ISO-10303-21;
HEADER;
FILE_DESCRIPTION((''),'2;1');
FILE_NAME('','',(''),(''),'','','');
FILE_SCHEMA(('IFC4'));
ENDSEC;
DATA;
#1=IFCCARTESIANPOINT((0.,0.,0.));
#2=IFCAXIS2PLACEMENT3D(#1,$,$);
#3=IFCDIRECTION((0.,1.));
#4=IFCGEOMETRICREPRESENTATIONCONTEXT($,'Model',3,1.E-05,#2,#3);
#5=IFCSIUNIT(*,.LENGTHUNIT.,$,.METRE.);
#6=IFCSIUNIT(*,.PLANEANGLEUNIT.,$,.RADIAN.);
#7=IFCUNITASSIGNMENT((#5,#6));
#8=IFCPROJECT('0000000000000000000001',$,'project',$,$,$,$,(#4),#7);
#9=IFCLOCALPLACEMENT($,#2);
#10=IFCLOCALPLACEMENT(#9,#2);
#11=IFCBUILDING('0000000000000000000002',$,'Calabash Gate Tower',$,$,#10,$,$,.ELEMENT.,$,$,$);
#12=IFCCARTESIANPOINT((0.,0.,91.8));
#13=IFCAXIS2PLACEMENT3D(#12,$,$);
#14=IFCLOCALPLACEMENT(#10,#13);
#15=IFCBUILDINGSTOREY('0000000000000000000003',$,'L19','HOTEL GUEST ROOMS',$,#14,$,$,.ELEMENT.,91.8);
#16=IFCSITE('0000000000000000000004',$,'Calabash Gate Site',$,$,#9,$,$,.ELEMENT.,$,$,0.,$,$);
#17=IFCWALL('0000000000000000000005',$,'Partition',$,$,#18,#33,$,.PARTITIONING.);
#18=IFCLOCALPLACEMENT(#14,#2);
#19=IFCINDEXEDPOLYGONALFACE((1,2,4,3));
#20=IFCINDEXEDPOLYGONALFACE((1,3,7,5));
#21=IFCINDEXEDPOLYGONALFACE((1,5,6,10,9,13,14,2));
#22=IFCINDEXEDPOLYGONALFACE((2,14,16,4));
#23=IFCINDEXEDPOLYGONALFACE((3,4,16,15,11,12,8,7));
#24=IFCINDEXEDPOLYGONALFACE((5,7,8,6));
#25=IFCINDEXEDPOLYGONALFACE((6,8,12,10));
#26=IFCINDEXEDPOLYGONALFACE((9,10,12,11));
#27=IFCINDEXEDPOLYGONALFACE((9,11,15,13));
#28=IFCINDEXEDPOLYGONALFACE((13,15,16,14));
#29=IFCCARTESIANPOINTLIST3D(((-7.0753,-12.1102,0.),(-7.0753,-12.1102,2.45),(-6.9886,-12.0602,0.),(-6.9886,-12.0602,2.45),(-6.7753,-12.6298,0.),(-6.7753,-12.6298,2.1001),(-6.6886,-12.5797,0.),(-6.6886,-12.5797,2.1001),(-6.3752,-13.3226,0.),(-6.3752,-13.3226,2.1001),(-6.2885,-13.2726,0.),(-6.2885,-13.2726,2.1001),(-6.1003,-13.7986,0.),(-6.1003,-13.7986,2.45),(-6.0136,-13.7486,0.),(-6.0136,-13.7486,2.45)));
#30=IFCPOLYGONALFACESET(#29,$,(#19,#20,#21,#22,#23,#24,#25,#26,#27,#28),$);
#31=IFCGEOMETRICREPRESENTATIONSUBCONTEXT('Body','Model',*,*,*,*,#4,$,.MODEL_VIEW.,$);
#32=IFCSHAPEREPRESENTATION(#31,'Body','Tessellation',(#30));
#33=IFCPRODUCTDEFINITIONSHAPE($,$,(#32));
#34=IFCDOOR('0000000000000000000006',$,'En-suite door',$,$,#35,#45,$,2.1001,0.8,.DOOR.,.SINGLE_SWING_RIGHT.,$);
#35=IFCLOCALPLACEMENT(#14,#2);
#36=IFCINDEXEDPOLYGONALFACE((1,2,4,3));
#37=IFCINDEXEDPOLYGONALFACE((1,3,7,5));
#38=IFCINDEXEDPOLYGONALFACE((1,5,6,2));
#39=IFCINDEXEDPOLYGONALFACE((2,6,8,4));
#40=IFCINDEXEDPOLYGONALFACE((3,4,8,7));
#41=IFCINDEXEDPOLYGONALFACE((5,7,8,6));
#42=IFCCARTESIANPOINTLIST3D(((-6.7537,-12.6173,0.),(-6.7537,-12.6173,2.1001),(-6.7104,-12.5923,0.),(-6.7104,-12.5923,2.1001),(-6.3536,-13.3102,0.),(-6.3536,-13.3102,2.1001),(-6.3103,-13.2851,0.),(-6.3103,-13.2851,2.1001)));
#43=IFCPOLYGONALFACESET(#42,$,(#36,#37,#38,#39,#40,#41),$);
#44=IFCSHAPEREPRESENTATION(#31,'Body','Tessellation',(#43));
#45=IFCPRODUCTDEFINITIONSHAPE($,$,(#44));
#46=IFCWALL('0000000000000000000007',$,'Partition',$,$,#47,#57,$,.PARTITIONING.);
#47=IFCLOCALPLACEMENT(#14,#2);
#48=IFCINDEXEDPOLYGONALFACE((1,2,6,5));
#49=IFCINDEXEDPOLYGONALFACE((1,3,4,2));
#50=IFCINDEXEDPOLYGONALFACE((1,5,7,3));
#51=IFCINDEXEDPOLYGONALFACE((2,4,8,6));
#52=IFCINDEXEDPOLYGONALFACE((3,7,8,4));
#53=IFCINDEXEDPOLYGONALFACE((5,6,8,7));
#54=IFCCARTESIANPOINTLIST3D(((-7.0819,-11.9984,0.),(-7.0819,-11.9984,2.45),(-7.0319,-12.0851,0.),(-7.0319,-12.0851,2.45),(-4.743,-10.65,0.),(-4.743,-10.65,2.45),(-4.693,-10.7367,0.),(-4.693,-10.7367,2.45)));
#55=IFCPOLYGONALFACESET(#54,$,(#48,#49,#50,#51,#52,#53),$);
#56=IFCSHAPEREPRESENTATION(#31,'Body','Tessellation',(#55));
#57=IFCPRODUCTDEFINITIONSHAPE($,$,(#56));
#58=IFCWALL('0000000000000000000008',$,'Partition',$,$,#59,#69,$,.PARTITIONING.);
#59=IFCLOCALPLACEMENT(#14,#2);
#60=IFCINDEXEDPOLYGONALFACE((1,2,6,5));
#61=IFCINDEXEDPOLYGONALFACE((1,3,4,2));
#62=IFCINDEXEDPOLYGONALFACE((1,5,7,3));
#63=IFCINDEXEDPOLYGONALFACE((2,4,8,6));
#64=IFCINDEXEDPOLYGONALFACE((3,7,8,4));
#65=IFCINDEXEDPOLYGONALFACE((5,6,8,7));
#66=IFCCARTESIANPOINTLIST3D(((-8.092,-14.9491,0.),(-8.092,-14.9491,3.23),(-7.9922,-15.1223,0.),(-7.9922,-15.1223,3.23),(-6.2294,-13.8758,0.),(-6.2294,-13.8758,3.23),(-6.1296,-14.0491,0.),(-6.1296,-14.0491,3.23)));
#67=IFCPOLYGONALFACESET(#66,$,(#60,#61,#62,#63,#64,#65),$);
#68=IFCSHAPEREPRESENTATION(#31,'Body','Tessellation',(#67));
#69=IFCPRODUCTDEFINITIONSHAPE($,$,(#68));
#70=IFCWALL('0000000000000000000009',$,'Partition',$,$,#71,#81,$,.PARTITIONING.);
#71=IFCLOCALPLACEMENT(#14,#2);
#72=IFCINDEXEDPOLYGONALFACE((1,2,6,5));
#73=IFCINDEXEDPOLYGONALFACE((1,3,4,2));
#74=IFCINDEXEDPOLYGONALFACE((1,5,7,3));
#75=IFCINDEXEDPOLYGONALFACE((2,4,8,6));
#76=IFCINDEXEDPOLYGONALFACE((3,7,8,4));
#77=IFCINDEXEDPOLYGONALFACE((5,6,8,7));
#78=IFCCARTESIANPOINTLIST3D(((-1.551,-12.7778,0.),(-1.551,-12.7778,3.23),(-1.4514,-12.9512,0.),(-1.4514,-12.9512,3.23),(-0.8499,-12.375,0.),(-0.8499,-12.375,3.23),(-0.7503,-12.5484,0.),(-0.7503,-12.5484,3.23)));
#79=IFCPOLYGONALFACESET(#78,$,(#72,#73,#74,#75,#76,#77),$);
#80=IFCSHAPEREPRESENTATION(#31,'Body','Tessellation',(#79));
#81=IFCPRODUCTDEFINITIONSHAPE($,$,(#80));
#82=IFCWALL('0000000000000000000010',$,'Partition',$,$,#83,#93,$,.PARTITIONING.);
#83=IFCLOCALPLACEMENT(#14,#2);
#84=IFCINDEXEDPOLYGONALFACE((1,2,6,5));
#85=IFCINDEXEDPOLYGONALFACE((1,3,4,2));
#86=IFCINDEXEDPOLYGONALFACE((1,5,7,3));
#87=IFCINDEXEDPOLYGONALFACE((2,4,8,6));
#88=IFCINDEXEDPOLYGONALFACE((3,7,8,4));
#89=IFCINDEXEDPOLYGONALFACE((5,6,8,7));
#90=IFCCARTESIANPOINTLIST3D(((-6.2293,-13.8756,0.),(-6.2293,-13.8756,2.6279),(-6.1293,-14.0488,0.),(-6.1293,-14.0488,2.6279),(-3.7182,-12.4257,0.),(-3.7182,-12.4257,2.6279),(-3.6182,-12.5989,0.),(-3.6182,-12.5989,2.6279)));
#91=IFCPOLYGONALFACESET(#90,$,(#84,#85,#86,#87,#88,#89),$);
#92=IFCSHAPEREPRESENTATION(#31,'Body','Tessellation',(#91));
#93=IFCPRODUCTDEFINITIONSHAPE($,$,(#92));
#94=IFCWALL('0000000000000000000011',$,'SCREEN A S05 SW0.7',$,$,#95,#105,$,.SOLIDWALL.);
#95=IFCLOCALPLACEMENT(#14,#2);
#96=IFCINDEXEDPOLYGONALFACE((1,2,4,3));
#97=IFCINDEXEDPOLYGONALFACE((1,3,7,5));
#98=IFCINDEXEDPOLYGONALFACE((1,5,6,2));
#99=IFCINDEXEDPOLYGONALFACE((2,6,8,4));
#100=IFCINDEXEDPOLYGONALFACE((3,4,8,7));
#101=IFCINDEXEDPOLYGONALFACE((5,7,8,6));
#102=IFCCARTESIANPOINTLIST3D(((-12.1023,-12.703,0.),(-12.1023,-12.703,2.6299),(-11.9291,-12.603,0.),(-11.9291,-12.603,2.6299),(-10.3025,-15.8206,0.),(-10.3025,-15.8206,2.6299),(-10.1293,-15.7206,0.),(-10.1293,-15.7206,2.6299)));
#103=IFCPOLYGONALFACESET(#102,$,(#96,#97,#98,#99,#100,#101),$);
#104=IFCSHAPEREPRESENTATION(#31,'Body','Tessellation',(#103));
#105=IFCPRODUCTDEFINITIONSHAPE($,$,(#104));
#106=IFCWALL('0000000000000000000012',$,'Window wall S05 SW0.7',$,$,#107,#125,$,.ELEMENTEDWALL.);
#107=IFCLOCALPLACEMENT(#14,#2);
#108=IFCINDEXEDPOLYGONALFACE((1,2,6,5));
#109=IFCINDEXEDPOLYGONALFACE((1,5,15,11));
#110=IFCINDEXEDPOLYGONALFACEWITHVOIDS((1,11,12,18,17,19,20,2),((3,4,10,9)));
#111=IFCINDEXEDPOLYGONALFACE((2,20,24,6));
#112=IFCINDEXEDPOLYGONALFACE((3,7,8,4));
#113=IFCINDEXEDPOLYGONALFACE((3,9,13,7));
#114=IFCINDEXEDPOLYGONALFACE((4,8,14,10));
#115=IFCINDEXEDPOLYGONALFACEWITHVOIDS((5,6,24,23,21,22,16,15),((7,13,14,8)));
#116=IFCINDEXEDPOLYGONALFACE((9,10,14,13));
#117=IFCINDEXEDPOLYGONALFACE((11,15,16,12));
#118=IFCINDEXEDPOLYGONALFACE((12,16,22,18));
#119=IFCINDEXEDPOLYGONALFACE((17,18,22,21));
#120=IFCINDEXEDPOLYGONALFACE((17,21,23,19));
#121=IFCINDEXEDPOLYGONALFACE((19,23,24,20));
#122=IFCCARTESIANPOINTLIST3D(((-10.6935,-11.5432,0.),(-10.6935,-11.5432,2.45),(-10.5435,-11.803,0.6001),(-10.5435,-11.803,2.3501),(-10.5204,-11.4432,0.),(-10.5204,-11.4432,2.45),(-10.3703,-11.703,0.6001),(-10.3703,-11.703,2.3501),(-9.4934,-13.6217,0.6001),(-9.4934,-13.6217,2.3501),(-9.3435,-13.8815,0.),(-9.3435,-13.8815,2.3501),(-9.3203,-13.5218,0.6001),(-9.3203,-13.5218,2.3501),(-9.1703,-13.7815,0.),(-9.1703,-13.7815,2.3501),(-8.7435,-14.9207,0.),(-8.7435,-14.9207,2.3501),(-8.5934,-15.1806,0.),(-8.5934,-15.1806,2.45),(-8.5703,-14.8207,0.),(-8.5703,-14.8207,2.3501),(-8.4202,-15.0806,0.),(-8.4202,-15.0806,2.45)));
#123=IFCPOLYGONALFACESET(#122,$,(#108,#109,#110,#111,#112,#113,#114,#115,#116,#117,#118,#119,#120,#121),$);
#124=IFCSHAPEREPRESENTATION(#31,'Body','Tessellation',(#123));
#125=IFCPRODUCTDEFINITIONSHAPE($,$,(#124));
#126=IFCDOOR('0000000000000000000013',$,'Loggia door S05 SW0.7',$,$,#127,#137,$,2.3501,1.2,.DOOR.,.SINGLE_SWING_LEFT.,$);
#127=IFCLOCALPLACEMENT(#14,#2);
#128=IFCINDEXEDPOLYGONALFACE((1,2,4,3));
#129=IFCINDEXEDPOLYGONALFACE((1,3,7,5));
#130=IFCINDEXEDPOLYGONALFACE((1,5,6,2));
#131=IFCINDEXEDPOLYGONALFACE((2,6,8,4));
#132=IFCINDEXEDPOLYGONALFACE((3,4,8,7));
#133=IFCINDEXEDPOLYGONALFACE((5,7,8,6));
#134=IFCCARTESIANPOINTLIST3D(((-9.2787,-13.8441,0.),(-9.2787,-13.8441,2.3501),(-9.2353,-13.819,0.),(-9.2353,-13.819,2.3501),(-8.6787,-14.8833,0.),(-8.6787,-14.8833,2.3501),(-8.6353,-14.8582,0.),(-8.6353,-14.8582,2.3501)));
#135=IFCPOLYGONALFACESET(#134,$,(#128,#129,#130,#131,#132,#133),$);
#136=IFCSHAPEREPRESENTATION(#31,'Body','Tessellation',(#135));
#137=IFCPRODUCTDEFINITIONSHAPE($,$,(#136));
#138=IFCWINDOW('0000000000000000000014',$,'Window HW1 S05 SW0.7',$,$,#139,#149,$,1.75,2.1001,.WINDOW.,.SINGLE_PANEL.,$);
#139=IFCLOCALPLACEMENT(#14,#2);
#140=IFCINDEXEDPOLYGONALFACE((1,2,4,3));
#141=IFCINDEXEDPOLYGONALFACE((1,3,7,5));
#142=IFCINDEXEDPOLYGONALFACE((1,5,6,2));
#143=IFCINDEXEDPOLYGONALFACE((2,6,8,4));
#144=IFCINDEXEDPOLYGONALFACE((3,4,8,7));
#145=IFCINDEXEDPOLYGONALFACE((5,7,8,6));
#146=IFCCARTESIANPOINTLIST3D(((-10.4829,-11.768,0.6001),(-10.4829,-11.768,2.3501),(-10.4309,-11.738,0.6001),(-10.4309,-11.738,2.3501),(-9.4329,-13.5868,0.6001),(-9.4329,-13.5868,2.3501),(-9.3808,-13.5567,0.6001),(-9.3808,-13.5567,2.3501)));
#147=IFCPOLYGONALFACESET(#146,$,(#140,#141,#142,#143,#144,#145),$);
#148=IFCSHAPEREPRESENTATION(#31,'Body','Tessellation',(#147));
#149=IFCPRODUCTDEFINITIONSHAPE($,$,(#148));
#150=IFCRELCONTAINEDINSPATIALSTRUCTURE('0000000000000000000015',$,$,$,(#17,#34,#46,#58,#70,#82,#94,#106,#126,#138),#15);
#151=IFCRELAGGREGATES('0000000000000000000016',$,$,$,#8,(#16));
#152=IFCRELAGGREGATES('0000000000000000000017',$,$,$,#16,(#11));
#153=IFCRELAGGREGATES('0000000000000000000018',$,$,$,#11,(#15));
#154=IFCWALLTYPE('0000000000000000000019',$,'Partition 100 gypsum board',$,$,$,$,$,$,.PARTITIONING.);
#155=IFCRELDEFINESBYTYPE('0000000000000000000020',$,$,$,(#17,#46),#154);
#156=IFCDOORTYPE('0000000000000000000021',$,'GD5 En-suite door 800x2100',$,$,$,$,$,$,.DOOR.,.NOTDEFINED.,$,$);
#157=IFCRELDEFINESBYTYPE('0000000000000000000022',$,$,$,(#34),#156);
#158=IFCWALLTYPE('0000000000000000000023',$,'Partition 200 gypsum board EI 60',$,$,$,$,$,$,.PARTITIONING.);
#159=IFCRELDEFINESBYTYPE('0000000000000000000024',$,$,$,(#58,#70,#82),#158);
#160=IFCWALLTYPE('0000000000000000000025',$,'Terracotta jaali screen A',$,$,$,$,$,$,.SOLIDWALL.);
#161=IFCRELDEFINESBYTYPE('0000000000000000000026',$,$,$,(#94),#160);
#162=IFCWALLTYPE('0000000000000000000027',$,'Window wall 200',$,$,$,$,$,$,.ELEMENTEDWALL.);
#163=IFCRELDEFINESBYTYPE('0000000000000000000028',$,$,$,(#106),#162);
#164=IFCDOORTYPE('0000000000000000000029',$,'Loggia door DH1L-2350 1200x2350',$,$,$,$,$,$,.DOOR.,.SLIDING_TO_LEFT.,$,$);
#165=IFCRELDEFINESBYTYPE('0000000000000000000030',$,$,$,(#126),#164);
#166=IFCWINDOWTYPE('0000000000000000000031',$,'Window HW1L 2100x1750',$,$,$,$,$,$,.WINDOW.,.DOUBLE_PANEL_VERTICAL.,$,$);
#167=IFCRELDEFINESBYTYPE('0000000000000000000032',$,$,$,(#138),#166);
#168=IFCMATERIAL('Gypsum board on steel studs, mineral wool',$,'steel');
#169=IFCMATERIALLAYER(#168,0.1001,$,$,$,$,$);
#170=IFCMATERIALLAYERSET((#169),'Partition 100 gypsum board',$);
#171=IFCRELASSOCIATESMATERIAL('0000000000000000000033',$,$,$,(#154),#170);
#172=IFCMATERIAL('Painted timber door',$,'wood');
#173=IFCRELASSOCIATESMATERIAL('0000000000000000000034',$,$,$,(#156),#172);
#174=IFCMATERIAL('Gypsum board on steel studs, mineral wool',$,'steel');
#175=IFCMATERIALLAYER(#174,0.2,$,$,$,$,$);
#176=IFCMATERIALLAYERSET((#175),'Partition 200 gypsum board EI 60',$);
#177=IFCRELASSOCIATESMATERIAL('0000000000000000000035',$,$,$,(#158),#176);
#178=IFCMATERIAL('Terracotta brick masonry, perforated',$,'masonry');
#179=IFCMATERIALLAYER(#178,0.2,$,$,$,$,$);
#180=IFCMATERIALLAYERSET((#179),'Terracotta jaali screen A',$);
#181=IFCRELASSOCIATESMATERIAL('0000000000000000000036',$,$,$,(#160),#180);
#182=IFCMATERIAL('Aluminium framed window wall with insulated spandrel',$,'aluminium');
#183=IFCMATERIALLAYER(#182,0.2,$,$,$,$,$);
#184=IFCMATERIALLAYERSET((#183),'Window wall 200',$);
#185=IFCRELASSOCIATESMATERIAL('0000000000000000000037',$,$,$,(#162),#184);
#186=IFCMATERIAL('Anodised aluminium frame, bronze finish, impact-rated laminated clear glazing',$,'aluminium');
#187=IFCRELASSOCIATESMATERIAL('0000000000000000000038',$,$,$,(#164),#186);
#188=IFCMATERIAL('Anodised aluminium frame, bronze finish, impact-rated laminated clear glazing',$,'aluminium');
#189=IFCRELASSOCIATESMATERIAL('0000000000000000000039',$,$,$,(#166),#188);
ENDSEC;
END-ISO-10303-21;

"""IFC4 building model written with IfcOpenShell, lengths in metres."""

from ifc_helpers import new_model, si_unit, direction, frame, frame_2d, origin, place, context, subcontext, project, spatial, rectangle, extrude, material, layer, layer_set, type_object, element, fill, save


model = new_model("IFC4")

# Units and contexts
model_context = context("Model", 3, precision=1e-05, world=origin(), true_north=direction((0.0, 1.0)))
body_context = subcontext(model_context, "Body", "Model", "MODEL_VIEW")
ifc_project = project(units=[si_unit("LENGTHUNIT", "METRE"), si_unit("PLANEANGLEUNIT", "RADIAN")], contexts=[model_context])

# Site, building, storey
site_placement = place(None, origin())
site = spatial("IfcSite", under=ifc_project, at=site_placement, Name="Calabash Gate Site", CompositionType="ELEMENT", RefElevation=0.0)
building_placement = place(site_placement, origin())
building = spatial("IfcBuilding", under=site, at=building_placement, Name="Calabash Gate Tower", CompositionType="ELEMENT")
storey_placement = place(building_placement, frame((0.0, 0.0, 91.8)))
storey = spatial("IfcBuildingStorey", under=building, at=storey_placement, Name="L19", Description="HOTEL GUEST ROOMS", CompositionType="ELEMENT", Elevation=91.8)

# Shared definitions
ifc_material_1 = material(Name="Gypsum board on steel studs, mineral wool", Category="steel")
ifc_layer_1 = layer(ifc_material_1, 0.1001)
ifc_layer_set_1 = layer_set([ifc_layer_1], Name="Partition 100 gypsum board")
wall_type_1 = type_object("IfcWallType", Name="Partition 100 gypsum board", PredefinedType="PARTITIONING", material=ifc_layer_set_1)

# Wall, opening, door
wall_1_placement = place(storey_placement, frame((-7.032, -12.0852, 0.0), z_axis=(0.0, 0.0, 1.0), x_axis=(0.500098, -0.865969, 0.0)))
wall_1 = element("IfcWall", 1, at=wall_1_placement, inside=storey, type_object=wall_type_1, Name="Partition", PredefinedType="PARTITIONING", context=body_context, shape_type="SweptSolid", body=[
    extrude(rectangle(XDim=1.9497, YDim=0.1001, at=frame_2d((0.9749, 0.0))), origin(), (0.0, 0.0, 1.0), 2.45),
])
opening_1_placement = place(wall_1_placement, frame((0.6001, 0.0, 0.0)))
opening_1 = element("IfcOpeningElement", 2, at=opening_1_placement, cuts=wall_1, PredefinedType="OPENING", context=body_context, shape_type="SweptSolid", body=[
    extrude(rectangle(XDim=0.8, YDim=2.1001, at=frame_2d((0.3999, 1.05))), frame((0.0, 0.0601, 0.0), z_axis=(0.0, -1.0, 0.0), x_axis=(1.0, 0.0, 0.0)), (0.0, 0.0, 1.0), 0.1201),
])
ifc_material_2 = material(Name="Painted timber door", Category="wood")
door_type_1 = type_object("IfcDoorType", Name="GD5 En-suite door 800x2100", OperationType="NOTDEFINED", PredefinedType="DOOR", material=ifc_material_2)
door_1_placement = place(opening_1_placement, origin())
door_1 = element("IfcDoor", 3, at=door_1_placement, inside=storey, type_object=door_type_1, Name="En-suite door", OperationType="SINGLE_SWING_RIGHT", OverallHeight=2.1001, OverallWidth=0.8, PredefinedType="DOOR", context=body_context, shape_type="SweptSolid", body=[
    extrude(rectangle(XDim=0.8, YDim=2.1001, at=frame_2d((0.3999, 1.05))), frame((0.0, 0.0249, 0.0), z_axis=(0.0, -1.0, 0.0), x_axis=(1.0, 0.0, 0.0)), (0.0, 0.0, 1.0), 0.05),
])
fill(opening_1, door_1)

# Walls
wall_2_placement = place(storey_placement, frame((-7.0569, -12.0417, 0.0), z_axis=(0.0, 0.0, 1.0), x_axis=(0.866339, 0.499456, 0.0)))
element("IfcWall", 4, at=wall_2_placement, inside=storey, type_object=wall_type_1, Name="Partition", PredefinedType="PARTITIONING", context=body_context, shape_type="SweptSolid", body=[
    extrude(rectangle(XDim=2.6997, YDim=0.1001, at=frame_2d((1.3499, 0.0))), origin(), (0.0, 0.0, 1.0), 2.45),
])
ifc_material_3 = material(Name="Gypsum board on steel studs, mineral wool", Category="steel")
ifc_layer_2 = layer(ifc_material_3, 0.2)
ifc_layer_set_2 = layer_set([ifc_layer_2], Name="Partition 200 gypsum board EI 60")
wall_type_2 = type_object("IfcWallType", Name="Partition 200 gypsum board EI 60", PredefinedType="PARTITIONING", material=ifc_layer_set_2)
wall_3_placement = place(storey_placement, frame((-8.042, -15.0356, 0.0), z_axis=(0.0, 0.0, 1.0), x_axis=(0.866448, 0.499267, 0.0)))
element("IfcWall", 5, at=wall_3_placement, inside=storey, type_object=wall_type_2, Name="Partition", PredefinedType="PARTITIONING", context=body_context, shape_type="SweptSolid", body=[
    extrude(rectangle(XDim=2.1497, YDim=0.2, at=frame_2d((1.0747, 0.0))), origin(), (0.0, 0.0, 1.0), 3.23),
])
wall_4_placement = place(storey_placement, frame((-1.5012, -12.8645, 0.0), z_axis=(0.0, 0.0, 1.0), x_axis=(0.867089, 0.498153, 0.0)))
element("IfcWall", 6, at=wall_4_placement, inside=storey, type_object=wall_type_2, Name="Partition", PredefinedType="PARTITIONING", context=body_context, shape_type="SweptSolid", body=[
    extrude(rectangle(XDim=0.8086, YDim=0.2, at=frame_2d((0.4043, 0.0))), origin(), (0.0, 0.0, 1.0), 3.23),
])
wall_5_placement = place(storey_placement, frame((-6.1792, -13.9622, 0.0), z_axis=(0.0, 0.0, 1.0), x_axis=(0.866012, 0.500024, 0.0)))
element("IfcWall", 7, at=wall_5_placement, inside=storey, type_object=wall_type_2, Name="Partition", PredefinedType="PARTITIONING", context=body_context, shape_type="SweptSolid", body=[
    extrude(rectangle(XDim=2.8997, YDim=0.2, at=frame_2d((1.4497, 0.0))), origin(), (0.0, 0.0, 1.0), 2.6279),
])
ifc_material_4 = material(Name="Terracotta brick masonry, perforated", Category="masonry")
ifc_layer_3 = layer(ifc_material_4, 0.2)
ifc_layer_set_3 = layer_set([ifc_layer_3], Name="Terracotta jaali screen A")
wall_type_3 = type_object("IfcWallType", Name="Terracotta jaali screen A", PredefinedType="SOLIDWALL", material=ifc_layer_set_3)
wall_6_placement = place(storey_placement, frame((-12.0156, -12.6531, 0.0), z_axis=(0.0, 0.0, 1.0), x_axis=(0.499961, -0.866048, 0.0)))
element("IfcWall", 8, at=wall_6_placement, inside=storey, type_object=wall_type_3, Name="SCREEN A S05 SW0.7", PredefinedType="SOLIDWALL", context=body_context, shape_type="SweptSolid", body=[
    extrude(rectangle(XDim=3.5999, YDim=0.2, at=frame_2d((1.7998, 0.0))), origin(), (0.0, 0.0, 1.0), 2.6299),
])

# Wall, openings, door, window
ifc_material_5 = material(Name="Aluminium framed window wall with insulated spandrel", Category="aluminium")
ifc_layer_4 = layer(ifc_material_5, 0.2)
ifc_layer_set_4 = layer_set([ifc_layer_4], Name="Window wall 200")
wall_type_4 = type_object("IfcWallType", Name="Window wall 200", PredefinedType="ELEMENTEDWALL", material=ifc_layer_set_4)
wall_7_placement = place(storey_placement, frame((-10.6069, -11.4932, 0.0), z_axis=(0.0, 0.0, 1.0), x_axis=(0.500003, -0.866024, 0.0)))
wall_7 = element("IfcWall", 9, at=wall_7_placement, inside=storey, type_object=wall_type_4, Name="Window wall S05 SW0.7", PredefinedType="ELEMENTEDWALL", context=body_context, shape_type="SweptSolid", body=[
    extrude(rectangle(XDim=4.2002, YDim=0.2, at=frame_2d((2.1001, 0.0))), origin(), (0.0, 0.0, 1.0), 2.45),
])
opening_2_placement = place(wall_7_placement, frame((0.3, 0.0, 0.6001)))
opening_2 = element("IfcOpeningElement", 10, at=opening_2_placement, cuts=wall_7, PredefinedType="OPENING", context=body_context, shape_type="SweptSolid", body=[
    extrude(rectangle(XDim=2.1001, YDim=1.75, at=frame_2d((1.05, 0.875))), frame((0.0, 0.1099, 0.0), z_axis=(0.0, -1.0, 0.0), x_axis=(1.0, 0.0, 0.0)), (0.0, 0.0, 1.0), 0.22),
])
opening_3_placement = place(wall_7_placement, frame((2.7, 0.0, 0.0)))
opening_3 = element("IfcOpeningElement", 11, at=opening_3_placement, cuts=wall_7, PredefinedType="OPENING", context=body_context, shape_type="SweptSolid", body=[
    extrude(rectangle(XDim=1.2, YDim=2.3501, at=frame_2d((0.6001, 1.175))), frame((0.0, 0.1099, 0.0), z_axis=(0.0, -1.0, 0.0), x_axis=(1.0, 0.0, 0.0)), (0.0, 0.0, 1.0), 0.22),
])
ifc_material_6 = material(Name="Anodised aluminium frame, bronze finish, impact-rated laminated clear glazing", Category="aluminium")
door_type_2 = type_object("IfcDoorType", Name="Loggia door DH1L-2350 1200x2350", OperationType="SLIDING_TO_LEFT", PredefinedType="DOOR", material=ifc_material_6)
door_2_placement = place(opening_3_placement, origin())
door_2 = element("IfcDoor", 12, at=door_2_placement, inside=storey, type_object=door_type_2, Name="Loggia door S05 SW0.7", OperationType="SINGLE_SWING_LEFT", OverallHeight=2.3501, OverallWidth=1.2, PredefinedType="DOOR", context=body_context, shape_type="SweptSolid", body=[
    extrude(rectangle(XDim=1.2, YDim=2.3501, at=frame_2d((0.6001, 1.175))), frame((0.0, 0.0249, 0.0), z_axis=(0.0, -1.0, 0.0), x_axis=(1.0, 0.0, 0.0)), (0.0, 0.0, 1.0), 0.05),
])
fill(opening_3, door_2)
ifc_material_7 = material(Name="Anodised aluminium frame, bronze finish, impact-rated laminated clear glazing", Category="aluminium")
window_type_1 = type_object("IfcWindowType", Name="Window HW1L 2100x1750", PartitioningType="DOUBLE_PANEL_VERTICAL", PredefinedType="WINDOW", material=ifc_material_7)
window_1_placement = place(opening_2_placement, origin())
window_1 = element("IfcWindow", 13, at=window_1_placement, inside=storey, type_object=window_type_1, Name="Window HW1 S05 SW0.7", OverallHeight=1.75, OverallWidth=2.1001, PartitioningType="SINGLE_PANEL", PredefinedType="WINDOW", context=body_context, shape_type="SweptSolid", body=[
    extrude(rectangle(XDim=2.1001, YDim=1.75, at=frame_2d((1.05, 0.875))), frame((0.0, 0.03, 0.0), z_axis=(0.0, -1.0, 0.0), x_axis=(1.0, 0.0, 0.0)), (0.0, 0.0, 1.0), 0.0601),
])
fill(opening_2, window_1)

save(model, "model.ifc")
